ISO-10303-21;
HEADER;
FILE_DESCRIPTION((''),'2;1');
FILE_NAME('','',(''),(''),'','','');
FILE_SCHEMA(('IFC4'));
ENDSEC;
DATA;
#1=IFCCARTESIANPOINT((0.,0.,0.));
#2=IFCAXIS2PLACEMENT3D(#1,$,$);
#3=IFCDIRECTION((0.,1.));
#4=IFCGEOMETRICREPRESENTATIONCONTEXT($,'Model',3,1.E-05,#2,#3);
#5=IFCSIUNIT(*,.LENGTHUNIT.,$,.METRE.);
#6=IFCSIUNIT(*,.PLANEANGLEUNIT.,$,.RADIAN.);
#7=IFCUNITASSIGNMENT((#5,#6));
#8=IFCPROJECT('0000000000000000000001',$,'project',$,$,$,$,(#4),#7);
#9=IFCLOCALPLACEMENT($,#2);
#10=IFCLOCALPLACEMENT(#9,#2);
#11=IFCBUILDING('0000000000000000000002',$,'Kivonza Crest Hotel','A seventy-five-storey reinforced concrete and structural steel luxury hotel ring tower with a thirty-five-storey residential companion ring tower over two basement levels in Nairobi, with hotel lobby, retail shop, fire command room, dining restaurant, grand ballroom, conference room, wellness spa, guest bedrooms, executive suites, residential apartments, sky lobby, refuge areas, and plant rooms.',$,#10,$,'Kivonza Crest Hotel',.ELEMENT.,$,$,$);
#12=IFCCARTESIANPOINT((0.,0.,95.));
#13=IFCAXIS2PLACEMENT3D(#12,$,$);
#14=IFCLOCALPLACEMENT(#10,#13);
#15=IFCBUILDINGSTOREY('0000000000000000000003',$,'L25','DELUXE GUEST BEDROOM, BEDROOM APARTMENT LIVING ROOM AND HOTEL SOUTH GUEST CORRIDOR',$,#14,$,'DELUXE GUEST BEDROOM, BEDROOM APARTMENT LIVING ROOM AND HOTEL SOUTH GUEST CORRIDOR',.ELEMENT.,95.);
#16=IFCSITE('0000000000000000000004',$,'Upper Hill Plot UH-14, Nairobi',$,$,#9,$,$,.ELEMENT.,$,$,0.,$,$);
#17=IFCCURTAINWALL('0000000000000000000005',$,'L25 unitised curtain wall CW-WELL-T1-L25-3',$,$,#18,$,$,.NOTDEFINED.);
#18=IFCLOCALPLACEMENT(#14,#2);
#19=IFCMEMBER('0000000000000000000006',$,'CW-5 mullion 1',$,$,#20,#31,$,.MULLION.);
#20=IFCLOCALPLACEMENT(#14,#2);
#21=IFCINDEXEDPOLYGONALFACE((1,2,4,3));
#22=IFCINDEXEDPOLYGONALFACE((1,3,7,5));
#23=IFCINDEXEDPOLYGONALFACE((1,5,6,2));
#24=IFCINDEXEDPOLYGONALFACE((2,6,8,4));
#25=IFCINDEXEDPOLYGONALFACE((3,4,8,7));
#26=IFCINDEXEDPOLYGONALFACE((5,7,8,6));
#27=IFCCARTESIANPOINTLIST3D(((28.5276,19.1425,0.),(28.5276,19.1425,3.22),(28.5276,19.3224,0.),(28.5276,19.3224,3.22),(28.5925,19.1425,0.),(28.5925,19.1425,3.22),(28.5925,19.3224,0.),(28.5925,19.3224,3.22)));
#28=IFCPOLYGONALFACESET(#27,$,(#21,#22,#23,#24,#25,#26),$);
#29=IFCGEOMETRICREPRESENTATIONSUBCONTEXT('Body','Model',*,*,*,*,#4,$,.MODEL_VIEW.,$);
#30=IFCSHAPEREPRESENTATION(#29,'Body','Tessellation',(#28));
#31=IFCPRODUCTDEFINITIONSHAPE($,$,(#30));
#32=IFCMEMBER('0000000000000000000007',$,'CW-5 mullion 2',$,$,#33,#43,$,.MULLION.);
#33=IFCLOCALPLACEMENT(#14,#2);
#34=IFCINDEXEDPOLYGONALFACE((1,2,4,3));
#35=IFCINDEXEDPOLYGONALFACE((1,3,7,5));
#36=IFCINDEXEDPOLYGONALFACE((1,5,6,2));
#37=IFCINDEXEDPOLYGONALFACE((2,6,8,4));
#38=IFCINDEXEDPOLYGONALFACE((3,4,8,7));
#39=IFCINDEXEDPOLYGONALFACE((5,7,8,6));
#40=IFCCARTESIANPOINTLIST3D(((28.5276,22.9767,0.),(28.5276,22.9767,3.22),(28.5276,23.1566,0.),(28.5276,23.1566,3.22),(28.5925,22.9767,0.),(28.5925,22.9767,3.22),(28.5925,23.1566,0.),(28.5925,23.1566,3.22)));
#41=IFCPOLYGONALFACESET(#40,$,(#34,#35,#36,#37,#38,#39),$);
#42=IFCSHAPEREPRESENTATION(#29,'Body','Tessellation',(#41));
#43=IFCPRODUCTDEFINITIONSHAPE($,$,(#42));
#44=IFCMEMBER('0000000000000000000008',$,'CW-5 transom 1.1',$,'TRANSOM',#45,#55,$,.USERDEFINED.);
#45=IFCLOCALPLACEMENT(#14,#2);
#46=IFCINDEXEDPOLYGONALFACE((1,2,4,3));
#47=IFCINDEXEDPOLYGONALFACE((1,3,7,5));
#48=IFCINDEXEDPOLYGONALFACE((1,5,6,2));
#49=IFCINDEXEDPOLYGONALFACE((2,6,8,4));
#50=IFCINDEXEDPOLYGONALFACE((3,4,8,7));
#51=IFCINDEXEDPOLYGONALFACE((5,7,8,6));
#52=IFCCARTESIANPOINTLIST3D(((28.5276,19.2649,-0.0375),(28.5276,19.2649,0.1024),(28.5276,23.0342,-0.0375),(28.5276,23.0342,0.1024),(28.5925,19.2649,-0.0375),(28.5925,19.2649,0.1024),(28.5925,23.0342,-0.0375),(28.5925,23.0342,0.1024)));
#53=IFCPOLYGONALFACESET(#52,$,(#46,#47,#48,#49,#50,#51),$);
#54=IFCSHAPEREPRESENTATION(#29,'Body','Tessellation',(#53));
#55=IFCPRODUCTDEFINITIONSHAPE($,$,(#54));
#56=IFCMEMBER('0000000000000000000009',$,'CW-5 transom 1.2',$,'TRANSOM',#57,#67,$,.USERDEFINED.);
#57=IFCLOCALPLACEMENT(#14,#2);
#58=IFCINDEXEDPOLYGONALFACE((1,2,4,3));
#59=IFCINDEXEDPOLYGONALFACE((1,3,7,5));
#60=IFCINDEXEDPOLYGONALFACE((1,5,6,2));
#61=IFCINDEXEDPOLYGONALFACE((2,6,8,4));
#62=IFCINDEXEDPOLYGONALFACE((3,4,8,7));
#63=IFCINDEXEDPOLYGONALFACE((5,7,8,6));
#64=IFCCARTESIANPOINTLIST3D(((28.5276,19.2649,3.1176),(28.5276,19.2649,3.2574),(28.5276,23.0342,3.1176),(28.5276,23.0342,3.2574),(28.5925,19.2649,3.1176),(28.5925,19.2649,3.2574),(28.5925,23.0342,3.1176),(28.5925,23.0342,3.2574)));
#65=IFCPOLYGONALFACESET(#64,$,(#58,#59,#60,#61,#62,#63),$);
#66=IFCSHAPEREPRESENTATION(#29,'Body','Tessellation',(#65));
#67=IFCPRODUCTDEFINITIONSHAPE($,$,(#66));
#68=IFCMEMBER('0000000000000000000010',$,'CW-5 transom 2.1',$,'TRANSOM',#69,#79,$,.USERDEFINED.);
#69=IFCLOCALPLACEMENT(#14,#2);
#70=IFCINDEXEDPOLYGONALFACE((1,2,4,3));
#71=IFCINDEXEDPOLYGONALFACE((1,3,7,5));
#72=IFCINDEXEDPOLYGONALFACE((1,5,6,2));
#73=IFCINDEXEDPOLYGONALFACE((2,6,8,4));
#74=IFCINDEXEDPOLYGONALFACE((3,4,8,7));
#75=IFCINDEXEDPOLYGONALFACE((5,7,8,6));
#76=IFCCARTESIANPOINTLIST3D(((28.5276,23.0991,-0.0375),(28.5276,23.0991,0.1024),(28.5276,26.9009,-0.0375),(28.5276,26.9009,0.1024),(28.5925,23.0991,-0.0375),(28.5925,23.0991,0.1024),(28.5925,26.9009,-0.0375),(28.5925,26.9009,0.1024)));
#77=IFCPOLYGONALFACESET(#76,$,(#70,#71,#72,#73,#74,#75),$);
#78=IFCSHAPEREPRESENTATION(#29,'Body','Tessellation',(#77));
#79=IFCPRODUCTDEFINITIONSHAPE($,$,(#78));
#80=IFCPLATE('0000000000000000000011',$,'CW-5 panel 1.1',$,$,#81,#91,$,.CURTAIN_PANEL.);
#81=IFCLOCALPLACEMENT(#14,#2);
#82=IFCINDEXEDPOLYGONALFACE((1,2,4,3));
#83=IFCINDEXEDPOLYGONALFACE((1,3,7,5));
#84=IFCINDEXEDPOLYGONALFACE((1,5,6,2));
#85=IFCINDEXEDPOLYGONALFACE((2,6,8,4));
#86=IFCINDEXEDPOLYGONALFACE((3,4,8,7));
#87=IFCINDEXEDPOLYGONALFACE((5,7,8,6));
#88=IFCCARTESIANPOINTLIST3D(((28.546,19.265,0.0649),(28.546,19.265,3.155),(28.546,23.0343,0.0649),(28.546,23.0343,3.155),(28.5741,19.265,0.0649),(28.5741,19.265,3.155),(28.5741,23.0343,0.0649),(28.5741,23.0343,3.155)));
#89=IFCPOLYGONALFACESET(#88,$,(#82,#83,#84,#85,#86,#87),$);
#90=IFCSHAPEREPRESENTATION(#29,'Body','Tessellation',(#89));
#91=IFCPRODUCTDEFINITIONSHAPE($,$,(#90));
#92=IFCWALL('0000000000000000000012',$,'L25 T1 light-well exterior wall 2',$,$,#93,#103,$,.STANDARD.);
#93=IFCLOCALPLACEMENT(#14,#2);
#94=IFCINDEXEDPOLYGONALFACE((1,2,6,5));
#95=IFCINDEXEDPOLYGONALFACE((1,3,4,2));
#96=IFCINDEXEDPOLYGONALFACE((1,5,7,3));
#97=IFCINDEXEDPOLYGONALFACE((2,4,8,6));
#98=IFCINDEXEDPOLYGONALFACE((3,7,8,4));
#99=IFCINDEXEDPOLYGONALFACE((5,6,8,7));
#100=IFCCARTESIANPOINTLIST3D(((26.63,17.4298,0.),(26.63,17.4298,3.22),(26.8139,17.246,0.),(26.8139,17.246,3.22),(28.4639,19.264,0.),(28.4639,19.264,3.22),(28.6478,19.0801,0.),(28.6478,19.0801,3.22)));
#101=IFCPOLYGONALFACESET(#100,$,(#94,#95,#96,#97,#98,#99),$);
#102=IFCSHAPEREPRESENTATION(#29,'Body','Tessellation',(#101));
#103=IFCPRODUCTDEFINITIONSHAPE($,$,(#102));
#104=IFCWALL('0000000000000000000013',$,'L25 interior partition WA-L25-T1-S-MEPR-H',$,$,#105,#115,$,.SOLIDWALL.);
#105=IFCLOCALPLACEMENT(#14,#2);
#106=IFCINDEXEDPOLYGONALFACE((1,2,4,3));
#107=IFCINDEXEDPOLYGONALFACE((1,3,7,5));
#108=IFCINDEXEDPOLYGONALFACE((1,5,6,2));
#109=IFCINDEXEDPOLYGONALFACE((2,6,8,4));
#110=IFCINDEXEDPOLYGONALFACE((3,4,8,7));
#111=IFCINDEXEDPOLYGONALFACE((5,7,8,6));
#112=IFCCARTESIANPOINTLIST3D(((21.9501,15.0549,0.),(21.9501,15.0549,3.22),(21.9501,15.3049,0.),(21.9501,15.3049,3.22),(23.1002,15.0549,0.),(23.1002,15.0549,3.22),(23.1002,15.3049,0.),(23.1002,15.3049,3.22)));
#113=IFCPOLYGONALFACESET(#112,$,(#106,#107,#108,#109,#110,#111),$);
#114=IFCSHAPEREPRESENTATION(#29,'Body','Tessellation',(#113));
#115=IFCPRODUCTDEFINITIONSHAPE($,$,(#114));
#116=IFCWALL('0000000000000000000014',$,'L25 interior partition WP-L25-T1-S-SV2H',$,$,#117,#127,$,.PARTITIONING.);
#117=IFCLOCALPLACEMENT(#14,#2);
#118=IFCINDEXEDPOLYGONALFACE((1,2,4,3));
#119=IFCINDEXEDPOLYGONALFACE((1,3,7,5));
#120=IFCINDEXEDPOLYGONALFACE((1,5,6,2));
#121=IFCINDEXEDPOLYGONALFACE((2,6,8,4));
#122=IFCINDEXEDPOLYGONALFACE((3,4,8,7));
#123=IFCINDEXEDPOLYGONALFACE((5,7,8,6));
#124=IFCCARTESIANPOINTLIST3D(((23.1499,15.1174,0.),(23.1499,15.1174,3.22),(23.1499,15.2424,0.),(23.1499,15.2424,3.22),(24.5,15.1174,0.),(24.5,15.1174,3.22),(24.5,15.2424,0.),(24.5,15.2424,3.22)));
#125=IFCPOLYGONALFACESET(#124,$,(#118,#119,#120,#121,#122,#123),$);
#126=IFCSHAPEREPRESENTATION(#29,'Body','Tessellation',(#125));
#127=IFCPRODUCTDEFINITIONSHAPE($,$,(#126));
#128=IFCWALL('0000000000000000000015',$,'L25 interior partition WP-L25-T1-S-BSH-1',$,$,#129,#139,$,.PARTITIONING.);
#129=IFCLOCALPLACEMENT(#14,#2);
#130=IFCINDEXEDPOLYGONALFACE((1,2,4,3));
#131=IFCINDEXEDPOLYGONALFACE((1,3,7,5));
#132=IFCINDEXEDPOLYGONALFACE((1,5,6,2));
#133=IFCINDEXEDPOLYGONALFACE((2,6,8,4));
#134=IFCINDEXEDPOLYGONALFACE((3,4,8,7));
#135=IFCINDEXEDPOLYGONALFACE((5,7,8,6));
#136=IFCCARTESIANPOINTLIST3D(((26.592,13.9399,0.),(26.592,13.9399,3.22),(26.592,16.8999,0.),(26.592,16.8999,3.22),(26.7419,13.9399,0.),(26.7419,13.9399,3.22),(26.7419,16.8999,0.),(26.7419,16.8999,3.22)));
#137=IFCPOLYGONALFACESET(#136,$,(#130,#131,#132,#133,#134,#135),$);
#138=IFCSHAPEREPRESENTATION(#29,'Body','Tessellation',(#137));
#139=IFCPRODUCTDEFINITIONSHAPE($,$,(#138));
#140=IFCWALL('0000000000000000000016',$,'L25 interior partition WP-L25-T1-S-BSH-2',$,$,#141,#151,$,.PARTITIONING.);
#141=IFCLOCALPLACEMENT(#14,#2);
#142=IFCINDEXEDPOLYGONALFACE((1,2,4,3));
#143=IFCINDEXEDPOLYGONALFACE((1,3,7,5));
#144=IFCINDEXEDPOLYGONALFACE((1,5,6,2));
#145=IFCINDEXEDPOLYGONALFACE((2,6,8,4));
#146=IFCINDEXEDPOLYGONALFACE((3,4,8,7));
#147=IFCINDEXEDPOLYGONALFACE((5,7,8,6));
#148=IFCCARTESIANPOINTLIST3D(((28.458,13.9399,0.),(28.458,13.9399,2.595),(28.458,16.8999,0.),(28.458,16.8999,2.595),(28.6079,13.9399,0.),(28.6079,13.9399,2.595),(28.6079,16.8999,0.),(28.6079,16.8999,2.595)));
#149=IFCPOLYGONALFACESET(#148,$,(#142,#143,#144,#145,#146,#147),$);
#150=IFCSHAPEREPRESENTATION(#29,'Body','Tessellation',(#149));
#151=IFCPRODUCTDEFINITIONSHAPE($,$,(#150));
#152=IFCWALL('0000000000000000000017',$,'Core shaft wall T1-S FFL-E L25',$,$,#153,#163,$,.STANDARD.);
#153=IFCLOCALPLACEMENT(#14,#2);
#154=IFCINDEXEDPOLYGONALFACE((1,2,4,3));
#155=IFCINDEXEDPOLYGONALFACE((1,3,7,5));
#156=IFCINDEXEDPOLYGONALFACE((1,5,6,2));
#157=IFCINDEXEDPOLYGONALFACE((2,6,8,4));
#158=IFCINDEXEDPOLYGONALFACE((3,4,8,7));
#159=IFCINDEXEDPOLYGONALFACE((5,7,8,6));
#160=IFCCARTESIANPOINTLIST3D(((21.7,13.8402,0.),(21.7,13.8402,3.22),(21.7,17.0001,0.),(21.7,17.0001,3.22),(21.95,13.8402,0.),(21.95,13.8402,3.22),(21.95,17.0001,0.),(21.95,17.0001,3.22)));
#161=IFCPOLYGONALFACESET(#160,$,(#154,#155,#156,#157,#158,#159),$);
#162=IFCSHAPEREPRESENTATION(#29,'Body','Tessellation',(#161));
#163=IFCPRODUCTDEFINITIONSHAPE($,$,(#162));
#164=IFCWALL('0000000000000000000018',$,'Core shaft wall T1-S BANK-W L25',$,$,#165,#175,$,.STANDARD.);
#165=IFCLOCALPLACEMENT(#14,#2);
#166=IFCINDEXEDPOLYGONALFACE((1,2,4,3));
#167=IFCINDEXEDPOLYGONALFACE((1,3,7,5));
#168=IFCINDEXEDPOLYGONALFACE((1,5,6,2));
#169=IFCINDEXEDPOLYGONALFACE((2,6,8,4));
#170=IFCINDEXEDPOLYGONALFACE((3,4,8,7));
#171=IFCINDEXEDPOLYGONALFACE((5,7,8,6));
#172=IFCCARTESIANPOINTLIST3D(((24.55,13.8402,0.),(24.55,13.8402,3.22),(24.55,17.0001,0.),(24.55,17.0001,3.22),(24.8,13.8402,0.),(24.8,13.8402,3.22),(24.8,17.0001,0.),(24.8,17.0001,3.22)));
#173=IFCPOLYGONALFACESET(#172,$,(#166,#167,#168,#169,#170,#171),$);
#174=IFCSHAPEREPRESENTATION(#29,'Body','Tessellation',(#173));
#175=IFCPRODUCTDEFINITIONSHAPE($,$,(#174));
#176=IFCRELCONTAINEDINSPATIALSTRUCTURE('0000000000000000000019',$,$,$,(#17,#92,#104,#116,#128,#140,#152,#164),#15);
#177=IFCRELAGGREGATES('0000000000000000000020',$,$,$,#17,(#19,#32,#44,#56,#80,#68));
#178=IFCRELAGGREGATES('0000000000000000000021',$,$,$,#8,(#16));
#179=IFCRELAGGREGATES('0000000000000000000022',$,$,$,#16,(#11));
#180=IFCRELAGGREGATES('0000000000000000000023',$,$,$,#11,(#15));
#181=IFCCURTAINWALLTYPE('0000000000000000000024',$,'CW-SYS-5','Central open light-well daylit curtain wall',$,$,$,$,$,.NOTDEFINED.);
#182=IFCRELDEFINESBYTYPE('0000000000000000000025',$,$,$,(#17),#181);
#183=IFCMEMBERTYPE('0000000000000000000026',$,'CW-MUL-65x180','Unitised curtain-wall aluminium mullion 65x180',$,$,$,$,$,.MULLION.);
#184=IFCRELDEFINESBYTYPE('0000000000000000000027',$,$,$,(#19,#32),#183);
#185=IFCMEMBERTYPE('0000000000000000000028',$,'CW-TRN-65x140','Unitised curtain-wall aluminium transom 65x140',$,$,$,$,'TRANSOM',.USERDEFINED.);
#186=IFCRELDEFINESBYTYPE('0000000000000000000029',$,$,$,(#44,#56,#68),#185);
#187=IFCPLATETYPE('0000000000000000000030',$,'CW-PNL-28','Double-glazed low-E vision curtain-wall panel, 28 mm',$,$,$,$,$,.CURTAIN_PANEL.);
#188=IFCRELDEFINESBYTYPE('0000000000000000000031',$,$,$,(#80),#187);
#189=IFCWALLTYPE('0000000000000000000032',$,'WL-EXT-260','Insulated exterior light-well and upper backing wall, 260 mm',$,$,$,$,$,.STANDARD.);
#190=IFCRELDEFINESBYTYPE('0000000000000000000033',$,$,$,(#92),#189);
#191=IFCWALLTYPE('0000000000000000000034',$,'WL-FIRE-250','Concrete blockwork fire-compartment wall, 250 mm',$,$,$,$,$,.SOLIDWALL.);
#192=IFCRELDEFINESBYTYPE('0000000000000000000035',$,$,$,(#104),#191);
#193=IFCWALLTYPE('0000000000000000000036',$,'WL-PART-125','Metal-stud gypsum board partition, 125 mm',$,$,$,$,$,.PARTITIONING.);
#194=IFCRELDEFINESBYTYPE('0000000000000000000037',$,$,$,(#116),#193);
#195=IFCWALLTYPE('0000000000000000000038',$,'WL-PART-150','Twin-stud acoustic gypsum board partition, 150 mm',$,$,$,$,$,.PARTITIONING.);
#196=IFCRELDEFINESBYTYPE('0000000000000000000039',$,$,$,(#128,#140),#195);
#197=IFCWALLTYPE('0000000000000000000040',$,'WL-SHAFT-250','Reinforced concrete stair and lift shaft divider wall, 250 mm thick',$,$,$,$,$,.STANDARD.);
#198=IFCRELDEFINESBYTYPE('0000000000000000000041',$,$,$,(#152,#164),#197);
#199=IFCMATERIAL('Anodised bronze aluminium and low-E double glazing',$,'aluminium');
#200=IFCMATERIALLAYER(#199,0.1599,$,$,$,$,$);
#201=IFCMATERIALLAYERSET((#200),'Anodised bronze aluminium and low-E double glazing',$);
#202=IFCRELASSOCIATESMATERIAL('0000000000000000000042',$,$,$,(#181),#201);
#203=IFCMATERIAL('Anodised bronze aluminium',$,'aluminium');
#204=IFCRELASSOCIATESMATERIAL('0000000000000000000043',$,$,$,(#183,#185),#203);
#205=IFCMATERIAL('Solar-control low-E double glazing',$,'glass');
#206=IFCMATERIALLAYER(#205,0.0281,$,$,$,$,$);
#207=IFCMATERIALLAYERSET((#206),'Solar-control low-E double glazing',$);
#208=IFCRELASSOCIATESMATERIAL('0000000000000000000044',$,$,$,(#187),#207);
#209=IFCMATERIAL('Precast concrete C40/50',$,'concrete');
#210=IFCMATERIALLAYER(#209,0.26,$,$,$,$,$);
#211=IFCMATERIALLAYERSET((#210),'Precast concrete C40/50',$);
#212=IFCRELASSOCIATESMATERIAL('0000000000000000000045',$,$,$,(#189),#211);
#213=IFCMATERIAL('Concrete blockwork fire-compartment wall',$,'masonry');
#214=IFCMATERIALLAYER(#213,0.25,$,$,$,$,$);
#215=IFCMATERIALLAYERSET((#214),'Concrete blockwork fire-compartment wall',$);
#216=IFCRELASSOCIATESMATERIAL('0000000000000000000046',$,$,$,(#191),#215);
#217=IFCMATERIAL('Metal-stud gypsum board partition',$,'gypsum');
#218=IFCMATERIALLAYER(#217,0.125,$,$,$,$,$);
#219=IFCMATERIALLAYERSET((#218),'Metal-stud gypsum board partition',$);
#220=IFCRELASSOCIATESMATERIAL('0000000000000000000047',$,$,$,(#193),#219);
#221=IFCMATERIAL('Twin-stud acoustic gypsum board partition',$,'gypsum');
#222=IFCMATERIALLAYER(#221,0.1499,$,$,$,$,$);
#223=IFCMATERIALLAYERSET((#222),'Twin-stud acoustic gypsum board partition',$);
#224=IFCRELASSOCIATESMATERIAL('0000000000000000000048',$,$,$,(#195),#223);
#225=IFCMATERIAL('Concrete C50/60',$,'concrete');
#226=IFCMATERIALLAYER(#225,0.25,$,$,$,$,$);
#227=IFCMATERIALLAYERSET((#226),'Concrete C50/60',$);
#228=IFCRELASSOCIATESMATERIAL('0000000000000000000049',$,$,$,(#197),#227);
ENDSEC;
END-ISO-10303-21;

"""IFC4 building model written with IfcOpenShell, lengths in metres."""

from ifc_helpers import new_model, si_unit, direction, frame, frame_2d, origin, origin_2d, place, context, subcontext, project, spatial, rectangle, extrude, material, layer, layer_set, material_profile, profile_set, type_object, element, aggregate, save


model = new_model("IFC4")

# Units and contexts
model_context = context("Model", 3, precision=1e-05, world=origin(), true_north=direction((0.0, 1.0)))
body_context = subcontext(model_context, "Body", "Model", "MODEL_VIEW")
ifc_project = project(units=[si_unit("LENGTHUNIT", "METRE"), si_unit("PLANEANGLEUNIT", "RADIAN")], contexts=[model_context])

# Site, building, storey
site_placement = place(None, origin())
site = spatial("IfcSite", under=ifc_project, at=site_placement, Name="Upper Hill Plot UH-14, Nairobi", CompositionType="ELEMENT", RefElevation=0.0)
building_placement = place(site_placement, origin())
building = spatial("IfcBuilding", under=site, at=building_placement, Name="Kivonza Crest Hotel", Description="A seventy-five-storey reinforced concrete and structural steel luxury hotel ring tower with a thirty-five-storey residential companion ring tower over two basement levels in Nairobi, with hotel lobby, retail shop, fire command room, dining restaurant, grand ballroom, conference room, wellness spa, guest bedrooms, executive suites, residential apartments, sky lobby, refuge areas, and plant rooms.", LongName="Kivonza Crest Hotel", CompositionType="ELEMENT")
storey_placement = place(building_placement, frame((0.0, 0.0, 95.0)))
storey = spatial("IfcBuildingStorey", under=building, at=storey_placement, Name="L25", Description="DELUXE GUEST BEDROOM, BEDROOM APARTMENT LIVING ROOM AND HOTEL SOUTH GUEST CORRIDOR", LongName="DELUXE GUEST BEDROOM, BEDROOM APARTMENT LIVING ROOM AND HOTEL SOUTH GUEST CORRIDOR", CompositionType="ELEMENT", Elevation=95.0)

# Curtain wall, members, plate
ifc_material_1 = material(Name="Anodised bronze aluminium and low-E double glazing", Category="aluminium")
ifc_layer_1 = layer(ifc_material_1, 0.1599)
ifc_layer_set_1 = layer_set([ifc_layer_1], Name="Anodised bronze aluminium and low-E double glazing")
curtain_wall_type = type_object("IfcCurtainWallType", Name="CW-SYS-5", Description="Central open light-well daylit curtain wall", PredefinedType="NOTDEFINED", material=ifc_layer_set_1)
curtain_wall_placement = place(storey_placement, origin())
curtain_wall = element("IfcCurtainWall", 1, at=curtain_wall_placement, inside=storey, type_object=curtain_wall_type, Name="L25 unitised curtain wall CW-WELL-T1-L25-3", PredefinedType="NOTDEFINED")
ifc_material_2 = material(Name="Anodised bronze aluminium", Category="aluminium")
ifc_material_profile_1 = material_profile(ifc_material_2, rectangle(XDim=0.0649, YDim=0.1799, at=origin_2d()), Name="CW-M 65x180")
ifc_profile_set_1 = profile_set([ifc_material_profile_1], Name="Anodised bronze aluminium")
member_type_1 = type_object("IfcMemberType", Name="CW-MUL-65x180", Description="Unitised curtain-wall aluminium mullion 65x180", PredefinedType="MULLION", material=ifc_profile_set_1)
member_1_placement = place(storey_placement, frame((28.5601, 19.2324, 0.0), z_axis=(0.0, 0.0, 1.0), x_axis=(-1.0, 0.0, 0.0)))
member_1 = element("IfcMember", 2, at=member_1_placement, type_object=member_type_1, Name="CW-5 mullion 1", PredefinedType="MULLION", context=body_context, shape_type="SweptSolid", body=[
    extrude(rectangle(XDim=0.0649, YDim=0.1799, at=origin_2d()), origin(), (0.0, 0.0, 1.0), 3.22),
])
member_2_placement = place(storey_placement, frame((28.5601, 23.0667, 0.0), z_axis=(0.0, 0.0, 1.0), x_axis=(-1.0, 0.0, 0.0)))
member_2 = element("IfcMember", 3, at=member_2_placement, type_object=member_type_1, Name="CW-5 mullion 2", PredefinedType="MULLION", context=body_context, shape_type="SweptSolid", body=[
    extrude(rectangle(XDim=0.0649, YDim=0.1799, at=origin_2d()), origin(), (0.0, 0.0, 1.0), 3.22),
])
ifc_material_profile_2 = material_profile(ifc_material_2, rectangle(XDim=0.0649, YDim=0.1399, at=origin_2d()), Name="CW-T 65x140")
ifc_profile_set_2 = profile_set([ifc_material_profile_2], Name="Anodised bronze aluminium")
member_type_2 = type_object("IfcMemberType", Name="CW-TRN-65x140", Description="Unitised curtain-wall aluminium transom 65x140", ElementType="TRANSOM", PredefinedType="USERDEFINED", material=ifc_profile_set_2)
member_3_placement = place(storey_placement, frame((28.5601, 19.2649, 0.0325), z_axis=(0.0, 1.0, 0.0), x_axis=(-1.0, 0.0, 0.0)))
member_3 = element("IfcMember", 4, at=member_3_placement, type_object=member_type_2, Name="CW-5 transom 1.1", ObjectType="TRANSOM", PredefinedType="USERDEFINED", context=body_context, shape_type="SweptSolid", body=[
    extrude(rectangle(XDim=0.0649, YDim=0.1399, at=origin_2d()), origin(), (0.0, 0.0, 1.0), 3.7693),
])
member_4_placement = place(storey_placement, frame((28.5601, 19.2649, 3.1875), z_axis=(0.0, 1.0, 0.0), x_axis=(-1.0, 0.0, 0.0)))
member_4 = element("IfcMember", 5, at=member_4_placement, type_object=member_type_2, Name="CW-5 transom 1.2", ObjectType="TRANSOM", PredefinedType="USERDEFINED", context=body_context, shape_type="SweptSolid", body=[
    extrude(rectangle(XDim=0.0649, YDim=0.1399, at=origin_2d()), origin(), (0.0, 0.0, 1.0), 3.7693),
])
member_5_placement = place(storey_placement, frame((28.5601, 23.0991, 0.0325), z_axis=(0.0, 1.0, 0.0), x_axis=(-1.0, 0.0, 0.0)))
member_5 = element("IfcMember", 6, at=member_5_placement, type_object=member_type_2, Name="CW-5 transom 2.1", ObjectType="TRANSOM", PredefinedType="USERDEFINED", context=body_context, shape_type="SweptSolid", body=[
    extrude(rectangle(XDim=0.0649, YDim=0.1399, at=origin_2d()), origin(), (0.0, 0.0, 1.0), 3.8018),
])
ifc_material_3 = material(Name="Solar-control low-E double glazing", Category="glass")
ifc_layer_2 = layer(ifc_material_3, 0.0281)
ifc_layer_set_2 = layer_set([ifc_layer_2], Name="Solar-control low-E double glazing")
plate_type = type_object("IfcPlateType", Name="CW-PNL-28", Description="Double-glazed low-E vision curtain-wall panel, 28 mm", PredefinedType="CURTAIN_PANEL", material=ifc_layer_set_2)
plate_placement = place(storey_placement, frame((28.5601, 21.1497, 0.0649), z_axis=(0.0, 0.0, 1.0), x_axis=(0.0, 1.0, 0.0)))
plate = element("IfcPlate", 7, at=plate_placement, type_object=plate_type, Name="CW-5 panel 1.1", PredefinedType="CURTAIN_PANEL", context=body_context, shape_type="SweptSolid", body=[
    extrude(rectangle(XDim=3.7693, YDim=0.0281, at=origin_2d()), origin(), (0.0, 0.0, 1.0), 3.0901),
])
aggregate(curtain_wall, [member_1, member_2, member_3, member_4, plate, member_5])

# Walls
ifc_material_4 = material(Name="Precast concrete C40/50", Category="concrete")
ifc_layer_3 = layer(ifc_material_4, 0.26)
ifc_layer_set_3 = layer_set([ifc_layer_3], Name="Precast concrete C40/50")
wall_type_1 = type_object("IfcWallType", Name="WL-EXT-260", Description="Insulated exterior light-well and upper backing wall, 260 mm", PredefinedType="STANDARD", material=ifc_layer_set_3)
wall_1_placement = place(storey_placement, frame((26.7219, 17.3379, 0.0), z_axis=(0.0, 0.0, 1.0), x_axis=(0.70706, 0.707154, 0.0)))
element("IfcWall", 8, at=wall_1_placement, inside=storey, type_object=wall_type_1, Name="L25 T1 light-well exterior wall 2", PredefinedType="STANDARD", context=body_context, shape_type="SweptSolid", body=[
    extrude(rectangle(XDim=2.5938, YDim=0.26, at=frame_2d((1.2969, 0.0))), origin(), (0.0, 0.0, 1.0), 3.22),
])
ifc_material_5 = material(Name="Concrete blockwork fire-compartment wall", Category="masonry")
ifc_layer_4 = layer(ifc_material_5, 0.25)
ifc_layer_set_4 = layer_set([ifc_layer_4], Name="Concrete blockwork fire-compartment wall")
wall_type_2 = type_object("IfcWallType", Name="WL-FIRE-250", Description="Concrete blockwork fire-compartment wall, 250 mm", PredefinedType="SOLIDWALL", material=ifc_layer_set_4)
wall_2_placement = place(storey_placement, frame((21.95, 15.1799, 0.0), z_axis=(0.0, 0.0, 1.0), x_axis=(1.0, 0.0, 0.0)))
element("IfcWall", 9, at=wall_2_placement, inside=storey, type_object=wall_type_2, Name="L25 interior partition WA-L25-T1-S-MEPR-H", PredefinedType="SOLIDWALL", context=body_context, shape_type="SweptSolid", body=[
    extrude(rectangle(XDim=1.1501, YDim=0.25, at=frame_2d((0.5752, 0.0))), origin(), (0.0, 0.0, 1.0), 3.22),
])
ifc_material_6 = material(Name="Metal-stud gypsum board partition", Category="gypsum")
ifc_layer_5 = layer(ifc_material_6, 0.125)
ifc_layer_set_5 = layer_set([ifc_layer_5], Name="Metal-stud gypsum board partition")
wall_type_3 = type_object("IfcWallType", Name="WL-PART-125", Description="Metal-stud gypsum board partition, 125 mm", PredefinedType="PARTITIONING", material=ifc_layer_set_5)
wall_3_placement = place(storey_placement, frame((23.1499, 15.1799, 0.0), z_axis=(0.0, 0.0, 1.0), x_axis=(1.0, 0.0, 0.0)))
element("IfcWall", 10, at=wall_3_placement, inside=storey, type_object=wall_type_3, Name="L25 interior partition WP-L25-T1-S-SV2H", PredefinedType="PARTITIONING", context=body_context, shape_type="SweptSolid", body=[
    extrude(rectangle(XDim=1.3501, YDim=0.125, at=frame_2d((0.675, 0.0))), origin(), (0.0, 0.0, 1.0), 3.22),
])
ifc_material_7 = material(Name="Twin-stud acoustic gypsum board partition", Category="gypsum")
ifc_layer_6 = layer(ifc_material_7, 0.1499)
ifc_layer_set_6 = layer_set([ifc_layer_6], Name="Twin-stud acoustic gypsum board partition")
wall_type_4 = type_object("IfcWallType", Name="WL-PART-150", Description="Twin-stud acoustic gypsum board partition, 150 mm", PredefinedType="PARTITIONING", material=ifc_layer_set_6)
wall_4_placement = place(storey_placement, frame((26.667, 13.9399, 0.0), z_axis=(0.0, 0.0, 1.0), x_axis=(0.0, 1.0, 0.0)))
element("IfcWall", 11, at=wall_4_placement, inside=storey, type_object=wall_type_4, Name="L25 interior partition WP-L25-T1-S-BSH-1", PredefinedType="PARTITIONING", context=body_context, shape_type="SweptSolid", body=[
    extrude(rectangle(XDim=2.96, YDim=0.1499, at=frame_2d((1.48, 0.0))), origin(), (0.0, 0.0, 1.0), 3.22),
])
wall_5_placement = place(storey_placement, frame((28.533, 13.9399, 0.0), z_axis=(0.0, 0.0, 1.0), x_axis=(0.0, 1.0, 0.0)))
element("IfcWall", 12, at=wall_5_placement, inside=storey, type_object=wall_type_4, Name="L25 interior partition WP-L25-T1-S-BSH-2", PredefinedType="PARTITIONING", context=body_context, shape_type="SweptSolid", body=[
    extrude(rectangle(XDim=2.96, YDim=0.1499, at=frame_2d((1.48, 0.0))), origin(), (0.0, 0.0, 1.0), 2.595),
])

# Shared definitions
ifc_material_8 = material(Name="Concrete C50/60", Category="concrete")
ifc_layer_7 = layer(ifc_material_8, 0.25)
ifc_layer_set_7 = layer_set([ifc_layer_7], Name="Concrete C50/60")
wall_type_5 = type_object("IfcWallType", Name="WL-SHAFT-250", Description="Reinforced concrete stair and lift shaft divider wall, 250 mm thick", PredefinedType="STANDARD", material=ifc_layer_set_7)

# Walls
for number, where, z_axis, x_axis, name in (
    (13, (21.825, 13.8401, 0.0), (0.0, 0.0, 1.0), (0.0, 1.0, 0.0), "Core shaft wall T1-S FFL-E L25"),
    (14, (24.675, 13.8401, 0.0), (0.0, 0.0, 1.0), (0.0, 1.0, 0.0), "Core shaft wall T1-S BANK-W L25"),
):
    element("IfcWall", number, at=place(storey_placement, frame(where, z_axis=z_axis, x_axis=x_axis)), inside=storey, type_object=wall_type_5, Name=name, PredefinedType="STANDARD", context=body_context, shape_type="SweptSolid", body=[
        extrude(rectangle(XDim=3.1599, YDim=0.25, at=frame_2d((1.5801, 0.0))), origin(), (0.0, 0.0, 1.0), 3.22),
    ])

save(model, "model.ifc")
